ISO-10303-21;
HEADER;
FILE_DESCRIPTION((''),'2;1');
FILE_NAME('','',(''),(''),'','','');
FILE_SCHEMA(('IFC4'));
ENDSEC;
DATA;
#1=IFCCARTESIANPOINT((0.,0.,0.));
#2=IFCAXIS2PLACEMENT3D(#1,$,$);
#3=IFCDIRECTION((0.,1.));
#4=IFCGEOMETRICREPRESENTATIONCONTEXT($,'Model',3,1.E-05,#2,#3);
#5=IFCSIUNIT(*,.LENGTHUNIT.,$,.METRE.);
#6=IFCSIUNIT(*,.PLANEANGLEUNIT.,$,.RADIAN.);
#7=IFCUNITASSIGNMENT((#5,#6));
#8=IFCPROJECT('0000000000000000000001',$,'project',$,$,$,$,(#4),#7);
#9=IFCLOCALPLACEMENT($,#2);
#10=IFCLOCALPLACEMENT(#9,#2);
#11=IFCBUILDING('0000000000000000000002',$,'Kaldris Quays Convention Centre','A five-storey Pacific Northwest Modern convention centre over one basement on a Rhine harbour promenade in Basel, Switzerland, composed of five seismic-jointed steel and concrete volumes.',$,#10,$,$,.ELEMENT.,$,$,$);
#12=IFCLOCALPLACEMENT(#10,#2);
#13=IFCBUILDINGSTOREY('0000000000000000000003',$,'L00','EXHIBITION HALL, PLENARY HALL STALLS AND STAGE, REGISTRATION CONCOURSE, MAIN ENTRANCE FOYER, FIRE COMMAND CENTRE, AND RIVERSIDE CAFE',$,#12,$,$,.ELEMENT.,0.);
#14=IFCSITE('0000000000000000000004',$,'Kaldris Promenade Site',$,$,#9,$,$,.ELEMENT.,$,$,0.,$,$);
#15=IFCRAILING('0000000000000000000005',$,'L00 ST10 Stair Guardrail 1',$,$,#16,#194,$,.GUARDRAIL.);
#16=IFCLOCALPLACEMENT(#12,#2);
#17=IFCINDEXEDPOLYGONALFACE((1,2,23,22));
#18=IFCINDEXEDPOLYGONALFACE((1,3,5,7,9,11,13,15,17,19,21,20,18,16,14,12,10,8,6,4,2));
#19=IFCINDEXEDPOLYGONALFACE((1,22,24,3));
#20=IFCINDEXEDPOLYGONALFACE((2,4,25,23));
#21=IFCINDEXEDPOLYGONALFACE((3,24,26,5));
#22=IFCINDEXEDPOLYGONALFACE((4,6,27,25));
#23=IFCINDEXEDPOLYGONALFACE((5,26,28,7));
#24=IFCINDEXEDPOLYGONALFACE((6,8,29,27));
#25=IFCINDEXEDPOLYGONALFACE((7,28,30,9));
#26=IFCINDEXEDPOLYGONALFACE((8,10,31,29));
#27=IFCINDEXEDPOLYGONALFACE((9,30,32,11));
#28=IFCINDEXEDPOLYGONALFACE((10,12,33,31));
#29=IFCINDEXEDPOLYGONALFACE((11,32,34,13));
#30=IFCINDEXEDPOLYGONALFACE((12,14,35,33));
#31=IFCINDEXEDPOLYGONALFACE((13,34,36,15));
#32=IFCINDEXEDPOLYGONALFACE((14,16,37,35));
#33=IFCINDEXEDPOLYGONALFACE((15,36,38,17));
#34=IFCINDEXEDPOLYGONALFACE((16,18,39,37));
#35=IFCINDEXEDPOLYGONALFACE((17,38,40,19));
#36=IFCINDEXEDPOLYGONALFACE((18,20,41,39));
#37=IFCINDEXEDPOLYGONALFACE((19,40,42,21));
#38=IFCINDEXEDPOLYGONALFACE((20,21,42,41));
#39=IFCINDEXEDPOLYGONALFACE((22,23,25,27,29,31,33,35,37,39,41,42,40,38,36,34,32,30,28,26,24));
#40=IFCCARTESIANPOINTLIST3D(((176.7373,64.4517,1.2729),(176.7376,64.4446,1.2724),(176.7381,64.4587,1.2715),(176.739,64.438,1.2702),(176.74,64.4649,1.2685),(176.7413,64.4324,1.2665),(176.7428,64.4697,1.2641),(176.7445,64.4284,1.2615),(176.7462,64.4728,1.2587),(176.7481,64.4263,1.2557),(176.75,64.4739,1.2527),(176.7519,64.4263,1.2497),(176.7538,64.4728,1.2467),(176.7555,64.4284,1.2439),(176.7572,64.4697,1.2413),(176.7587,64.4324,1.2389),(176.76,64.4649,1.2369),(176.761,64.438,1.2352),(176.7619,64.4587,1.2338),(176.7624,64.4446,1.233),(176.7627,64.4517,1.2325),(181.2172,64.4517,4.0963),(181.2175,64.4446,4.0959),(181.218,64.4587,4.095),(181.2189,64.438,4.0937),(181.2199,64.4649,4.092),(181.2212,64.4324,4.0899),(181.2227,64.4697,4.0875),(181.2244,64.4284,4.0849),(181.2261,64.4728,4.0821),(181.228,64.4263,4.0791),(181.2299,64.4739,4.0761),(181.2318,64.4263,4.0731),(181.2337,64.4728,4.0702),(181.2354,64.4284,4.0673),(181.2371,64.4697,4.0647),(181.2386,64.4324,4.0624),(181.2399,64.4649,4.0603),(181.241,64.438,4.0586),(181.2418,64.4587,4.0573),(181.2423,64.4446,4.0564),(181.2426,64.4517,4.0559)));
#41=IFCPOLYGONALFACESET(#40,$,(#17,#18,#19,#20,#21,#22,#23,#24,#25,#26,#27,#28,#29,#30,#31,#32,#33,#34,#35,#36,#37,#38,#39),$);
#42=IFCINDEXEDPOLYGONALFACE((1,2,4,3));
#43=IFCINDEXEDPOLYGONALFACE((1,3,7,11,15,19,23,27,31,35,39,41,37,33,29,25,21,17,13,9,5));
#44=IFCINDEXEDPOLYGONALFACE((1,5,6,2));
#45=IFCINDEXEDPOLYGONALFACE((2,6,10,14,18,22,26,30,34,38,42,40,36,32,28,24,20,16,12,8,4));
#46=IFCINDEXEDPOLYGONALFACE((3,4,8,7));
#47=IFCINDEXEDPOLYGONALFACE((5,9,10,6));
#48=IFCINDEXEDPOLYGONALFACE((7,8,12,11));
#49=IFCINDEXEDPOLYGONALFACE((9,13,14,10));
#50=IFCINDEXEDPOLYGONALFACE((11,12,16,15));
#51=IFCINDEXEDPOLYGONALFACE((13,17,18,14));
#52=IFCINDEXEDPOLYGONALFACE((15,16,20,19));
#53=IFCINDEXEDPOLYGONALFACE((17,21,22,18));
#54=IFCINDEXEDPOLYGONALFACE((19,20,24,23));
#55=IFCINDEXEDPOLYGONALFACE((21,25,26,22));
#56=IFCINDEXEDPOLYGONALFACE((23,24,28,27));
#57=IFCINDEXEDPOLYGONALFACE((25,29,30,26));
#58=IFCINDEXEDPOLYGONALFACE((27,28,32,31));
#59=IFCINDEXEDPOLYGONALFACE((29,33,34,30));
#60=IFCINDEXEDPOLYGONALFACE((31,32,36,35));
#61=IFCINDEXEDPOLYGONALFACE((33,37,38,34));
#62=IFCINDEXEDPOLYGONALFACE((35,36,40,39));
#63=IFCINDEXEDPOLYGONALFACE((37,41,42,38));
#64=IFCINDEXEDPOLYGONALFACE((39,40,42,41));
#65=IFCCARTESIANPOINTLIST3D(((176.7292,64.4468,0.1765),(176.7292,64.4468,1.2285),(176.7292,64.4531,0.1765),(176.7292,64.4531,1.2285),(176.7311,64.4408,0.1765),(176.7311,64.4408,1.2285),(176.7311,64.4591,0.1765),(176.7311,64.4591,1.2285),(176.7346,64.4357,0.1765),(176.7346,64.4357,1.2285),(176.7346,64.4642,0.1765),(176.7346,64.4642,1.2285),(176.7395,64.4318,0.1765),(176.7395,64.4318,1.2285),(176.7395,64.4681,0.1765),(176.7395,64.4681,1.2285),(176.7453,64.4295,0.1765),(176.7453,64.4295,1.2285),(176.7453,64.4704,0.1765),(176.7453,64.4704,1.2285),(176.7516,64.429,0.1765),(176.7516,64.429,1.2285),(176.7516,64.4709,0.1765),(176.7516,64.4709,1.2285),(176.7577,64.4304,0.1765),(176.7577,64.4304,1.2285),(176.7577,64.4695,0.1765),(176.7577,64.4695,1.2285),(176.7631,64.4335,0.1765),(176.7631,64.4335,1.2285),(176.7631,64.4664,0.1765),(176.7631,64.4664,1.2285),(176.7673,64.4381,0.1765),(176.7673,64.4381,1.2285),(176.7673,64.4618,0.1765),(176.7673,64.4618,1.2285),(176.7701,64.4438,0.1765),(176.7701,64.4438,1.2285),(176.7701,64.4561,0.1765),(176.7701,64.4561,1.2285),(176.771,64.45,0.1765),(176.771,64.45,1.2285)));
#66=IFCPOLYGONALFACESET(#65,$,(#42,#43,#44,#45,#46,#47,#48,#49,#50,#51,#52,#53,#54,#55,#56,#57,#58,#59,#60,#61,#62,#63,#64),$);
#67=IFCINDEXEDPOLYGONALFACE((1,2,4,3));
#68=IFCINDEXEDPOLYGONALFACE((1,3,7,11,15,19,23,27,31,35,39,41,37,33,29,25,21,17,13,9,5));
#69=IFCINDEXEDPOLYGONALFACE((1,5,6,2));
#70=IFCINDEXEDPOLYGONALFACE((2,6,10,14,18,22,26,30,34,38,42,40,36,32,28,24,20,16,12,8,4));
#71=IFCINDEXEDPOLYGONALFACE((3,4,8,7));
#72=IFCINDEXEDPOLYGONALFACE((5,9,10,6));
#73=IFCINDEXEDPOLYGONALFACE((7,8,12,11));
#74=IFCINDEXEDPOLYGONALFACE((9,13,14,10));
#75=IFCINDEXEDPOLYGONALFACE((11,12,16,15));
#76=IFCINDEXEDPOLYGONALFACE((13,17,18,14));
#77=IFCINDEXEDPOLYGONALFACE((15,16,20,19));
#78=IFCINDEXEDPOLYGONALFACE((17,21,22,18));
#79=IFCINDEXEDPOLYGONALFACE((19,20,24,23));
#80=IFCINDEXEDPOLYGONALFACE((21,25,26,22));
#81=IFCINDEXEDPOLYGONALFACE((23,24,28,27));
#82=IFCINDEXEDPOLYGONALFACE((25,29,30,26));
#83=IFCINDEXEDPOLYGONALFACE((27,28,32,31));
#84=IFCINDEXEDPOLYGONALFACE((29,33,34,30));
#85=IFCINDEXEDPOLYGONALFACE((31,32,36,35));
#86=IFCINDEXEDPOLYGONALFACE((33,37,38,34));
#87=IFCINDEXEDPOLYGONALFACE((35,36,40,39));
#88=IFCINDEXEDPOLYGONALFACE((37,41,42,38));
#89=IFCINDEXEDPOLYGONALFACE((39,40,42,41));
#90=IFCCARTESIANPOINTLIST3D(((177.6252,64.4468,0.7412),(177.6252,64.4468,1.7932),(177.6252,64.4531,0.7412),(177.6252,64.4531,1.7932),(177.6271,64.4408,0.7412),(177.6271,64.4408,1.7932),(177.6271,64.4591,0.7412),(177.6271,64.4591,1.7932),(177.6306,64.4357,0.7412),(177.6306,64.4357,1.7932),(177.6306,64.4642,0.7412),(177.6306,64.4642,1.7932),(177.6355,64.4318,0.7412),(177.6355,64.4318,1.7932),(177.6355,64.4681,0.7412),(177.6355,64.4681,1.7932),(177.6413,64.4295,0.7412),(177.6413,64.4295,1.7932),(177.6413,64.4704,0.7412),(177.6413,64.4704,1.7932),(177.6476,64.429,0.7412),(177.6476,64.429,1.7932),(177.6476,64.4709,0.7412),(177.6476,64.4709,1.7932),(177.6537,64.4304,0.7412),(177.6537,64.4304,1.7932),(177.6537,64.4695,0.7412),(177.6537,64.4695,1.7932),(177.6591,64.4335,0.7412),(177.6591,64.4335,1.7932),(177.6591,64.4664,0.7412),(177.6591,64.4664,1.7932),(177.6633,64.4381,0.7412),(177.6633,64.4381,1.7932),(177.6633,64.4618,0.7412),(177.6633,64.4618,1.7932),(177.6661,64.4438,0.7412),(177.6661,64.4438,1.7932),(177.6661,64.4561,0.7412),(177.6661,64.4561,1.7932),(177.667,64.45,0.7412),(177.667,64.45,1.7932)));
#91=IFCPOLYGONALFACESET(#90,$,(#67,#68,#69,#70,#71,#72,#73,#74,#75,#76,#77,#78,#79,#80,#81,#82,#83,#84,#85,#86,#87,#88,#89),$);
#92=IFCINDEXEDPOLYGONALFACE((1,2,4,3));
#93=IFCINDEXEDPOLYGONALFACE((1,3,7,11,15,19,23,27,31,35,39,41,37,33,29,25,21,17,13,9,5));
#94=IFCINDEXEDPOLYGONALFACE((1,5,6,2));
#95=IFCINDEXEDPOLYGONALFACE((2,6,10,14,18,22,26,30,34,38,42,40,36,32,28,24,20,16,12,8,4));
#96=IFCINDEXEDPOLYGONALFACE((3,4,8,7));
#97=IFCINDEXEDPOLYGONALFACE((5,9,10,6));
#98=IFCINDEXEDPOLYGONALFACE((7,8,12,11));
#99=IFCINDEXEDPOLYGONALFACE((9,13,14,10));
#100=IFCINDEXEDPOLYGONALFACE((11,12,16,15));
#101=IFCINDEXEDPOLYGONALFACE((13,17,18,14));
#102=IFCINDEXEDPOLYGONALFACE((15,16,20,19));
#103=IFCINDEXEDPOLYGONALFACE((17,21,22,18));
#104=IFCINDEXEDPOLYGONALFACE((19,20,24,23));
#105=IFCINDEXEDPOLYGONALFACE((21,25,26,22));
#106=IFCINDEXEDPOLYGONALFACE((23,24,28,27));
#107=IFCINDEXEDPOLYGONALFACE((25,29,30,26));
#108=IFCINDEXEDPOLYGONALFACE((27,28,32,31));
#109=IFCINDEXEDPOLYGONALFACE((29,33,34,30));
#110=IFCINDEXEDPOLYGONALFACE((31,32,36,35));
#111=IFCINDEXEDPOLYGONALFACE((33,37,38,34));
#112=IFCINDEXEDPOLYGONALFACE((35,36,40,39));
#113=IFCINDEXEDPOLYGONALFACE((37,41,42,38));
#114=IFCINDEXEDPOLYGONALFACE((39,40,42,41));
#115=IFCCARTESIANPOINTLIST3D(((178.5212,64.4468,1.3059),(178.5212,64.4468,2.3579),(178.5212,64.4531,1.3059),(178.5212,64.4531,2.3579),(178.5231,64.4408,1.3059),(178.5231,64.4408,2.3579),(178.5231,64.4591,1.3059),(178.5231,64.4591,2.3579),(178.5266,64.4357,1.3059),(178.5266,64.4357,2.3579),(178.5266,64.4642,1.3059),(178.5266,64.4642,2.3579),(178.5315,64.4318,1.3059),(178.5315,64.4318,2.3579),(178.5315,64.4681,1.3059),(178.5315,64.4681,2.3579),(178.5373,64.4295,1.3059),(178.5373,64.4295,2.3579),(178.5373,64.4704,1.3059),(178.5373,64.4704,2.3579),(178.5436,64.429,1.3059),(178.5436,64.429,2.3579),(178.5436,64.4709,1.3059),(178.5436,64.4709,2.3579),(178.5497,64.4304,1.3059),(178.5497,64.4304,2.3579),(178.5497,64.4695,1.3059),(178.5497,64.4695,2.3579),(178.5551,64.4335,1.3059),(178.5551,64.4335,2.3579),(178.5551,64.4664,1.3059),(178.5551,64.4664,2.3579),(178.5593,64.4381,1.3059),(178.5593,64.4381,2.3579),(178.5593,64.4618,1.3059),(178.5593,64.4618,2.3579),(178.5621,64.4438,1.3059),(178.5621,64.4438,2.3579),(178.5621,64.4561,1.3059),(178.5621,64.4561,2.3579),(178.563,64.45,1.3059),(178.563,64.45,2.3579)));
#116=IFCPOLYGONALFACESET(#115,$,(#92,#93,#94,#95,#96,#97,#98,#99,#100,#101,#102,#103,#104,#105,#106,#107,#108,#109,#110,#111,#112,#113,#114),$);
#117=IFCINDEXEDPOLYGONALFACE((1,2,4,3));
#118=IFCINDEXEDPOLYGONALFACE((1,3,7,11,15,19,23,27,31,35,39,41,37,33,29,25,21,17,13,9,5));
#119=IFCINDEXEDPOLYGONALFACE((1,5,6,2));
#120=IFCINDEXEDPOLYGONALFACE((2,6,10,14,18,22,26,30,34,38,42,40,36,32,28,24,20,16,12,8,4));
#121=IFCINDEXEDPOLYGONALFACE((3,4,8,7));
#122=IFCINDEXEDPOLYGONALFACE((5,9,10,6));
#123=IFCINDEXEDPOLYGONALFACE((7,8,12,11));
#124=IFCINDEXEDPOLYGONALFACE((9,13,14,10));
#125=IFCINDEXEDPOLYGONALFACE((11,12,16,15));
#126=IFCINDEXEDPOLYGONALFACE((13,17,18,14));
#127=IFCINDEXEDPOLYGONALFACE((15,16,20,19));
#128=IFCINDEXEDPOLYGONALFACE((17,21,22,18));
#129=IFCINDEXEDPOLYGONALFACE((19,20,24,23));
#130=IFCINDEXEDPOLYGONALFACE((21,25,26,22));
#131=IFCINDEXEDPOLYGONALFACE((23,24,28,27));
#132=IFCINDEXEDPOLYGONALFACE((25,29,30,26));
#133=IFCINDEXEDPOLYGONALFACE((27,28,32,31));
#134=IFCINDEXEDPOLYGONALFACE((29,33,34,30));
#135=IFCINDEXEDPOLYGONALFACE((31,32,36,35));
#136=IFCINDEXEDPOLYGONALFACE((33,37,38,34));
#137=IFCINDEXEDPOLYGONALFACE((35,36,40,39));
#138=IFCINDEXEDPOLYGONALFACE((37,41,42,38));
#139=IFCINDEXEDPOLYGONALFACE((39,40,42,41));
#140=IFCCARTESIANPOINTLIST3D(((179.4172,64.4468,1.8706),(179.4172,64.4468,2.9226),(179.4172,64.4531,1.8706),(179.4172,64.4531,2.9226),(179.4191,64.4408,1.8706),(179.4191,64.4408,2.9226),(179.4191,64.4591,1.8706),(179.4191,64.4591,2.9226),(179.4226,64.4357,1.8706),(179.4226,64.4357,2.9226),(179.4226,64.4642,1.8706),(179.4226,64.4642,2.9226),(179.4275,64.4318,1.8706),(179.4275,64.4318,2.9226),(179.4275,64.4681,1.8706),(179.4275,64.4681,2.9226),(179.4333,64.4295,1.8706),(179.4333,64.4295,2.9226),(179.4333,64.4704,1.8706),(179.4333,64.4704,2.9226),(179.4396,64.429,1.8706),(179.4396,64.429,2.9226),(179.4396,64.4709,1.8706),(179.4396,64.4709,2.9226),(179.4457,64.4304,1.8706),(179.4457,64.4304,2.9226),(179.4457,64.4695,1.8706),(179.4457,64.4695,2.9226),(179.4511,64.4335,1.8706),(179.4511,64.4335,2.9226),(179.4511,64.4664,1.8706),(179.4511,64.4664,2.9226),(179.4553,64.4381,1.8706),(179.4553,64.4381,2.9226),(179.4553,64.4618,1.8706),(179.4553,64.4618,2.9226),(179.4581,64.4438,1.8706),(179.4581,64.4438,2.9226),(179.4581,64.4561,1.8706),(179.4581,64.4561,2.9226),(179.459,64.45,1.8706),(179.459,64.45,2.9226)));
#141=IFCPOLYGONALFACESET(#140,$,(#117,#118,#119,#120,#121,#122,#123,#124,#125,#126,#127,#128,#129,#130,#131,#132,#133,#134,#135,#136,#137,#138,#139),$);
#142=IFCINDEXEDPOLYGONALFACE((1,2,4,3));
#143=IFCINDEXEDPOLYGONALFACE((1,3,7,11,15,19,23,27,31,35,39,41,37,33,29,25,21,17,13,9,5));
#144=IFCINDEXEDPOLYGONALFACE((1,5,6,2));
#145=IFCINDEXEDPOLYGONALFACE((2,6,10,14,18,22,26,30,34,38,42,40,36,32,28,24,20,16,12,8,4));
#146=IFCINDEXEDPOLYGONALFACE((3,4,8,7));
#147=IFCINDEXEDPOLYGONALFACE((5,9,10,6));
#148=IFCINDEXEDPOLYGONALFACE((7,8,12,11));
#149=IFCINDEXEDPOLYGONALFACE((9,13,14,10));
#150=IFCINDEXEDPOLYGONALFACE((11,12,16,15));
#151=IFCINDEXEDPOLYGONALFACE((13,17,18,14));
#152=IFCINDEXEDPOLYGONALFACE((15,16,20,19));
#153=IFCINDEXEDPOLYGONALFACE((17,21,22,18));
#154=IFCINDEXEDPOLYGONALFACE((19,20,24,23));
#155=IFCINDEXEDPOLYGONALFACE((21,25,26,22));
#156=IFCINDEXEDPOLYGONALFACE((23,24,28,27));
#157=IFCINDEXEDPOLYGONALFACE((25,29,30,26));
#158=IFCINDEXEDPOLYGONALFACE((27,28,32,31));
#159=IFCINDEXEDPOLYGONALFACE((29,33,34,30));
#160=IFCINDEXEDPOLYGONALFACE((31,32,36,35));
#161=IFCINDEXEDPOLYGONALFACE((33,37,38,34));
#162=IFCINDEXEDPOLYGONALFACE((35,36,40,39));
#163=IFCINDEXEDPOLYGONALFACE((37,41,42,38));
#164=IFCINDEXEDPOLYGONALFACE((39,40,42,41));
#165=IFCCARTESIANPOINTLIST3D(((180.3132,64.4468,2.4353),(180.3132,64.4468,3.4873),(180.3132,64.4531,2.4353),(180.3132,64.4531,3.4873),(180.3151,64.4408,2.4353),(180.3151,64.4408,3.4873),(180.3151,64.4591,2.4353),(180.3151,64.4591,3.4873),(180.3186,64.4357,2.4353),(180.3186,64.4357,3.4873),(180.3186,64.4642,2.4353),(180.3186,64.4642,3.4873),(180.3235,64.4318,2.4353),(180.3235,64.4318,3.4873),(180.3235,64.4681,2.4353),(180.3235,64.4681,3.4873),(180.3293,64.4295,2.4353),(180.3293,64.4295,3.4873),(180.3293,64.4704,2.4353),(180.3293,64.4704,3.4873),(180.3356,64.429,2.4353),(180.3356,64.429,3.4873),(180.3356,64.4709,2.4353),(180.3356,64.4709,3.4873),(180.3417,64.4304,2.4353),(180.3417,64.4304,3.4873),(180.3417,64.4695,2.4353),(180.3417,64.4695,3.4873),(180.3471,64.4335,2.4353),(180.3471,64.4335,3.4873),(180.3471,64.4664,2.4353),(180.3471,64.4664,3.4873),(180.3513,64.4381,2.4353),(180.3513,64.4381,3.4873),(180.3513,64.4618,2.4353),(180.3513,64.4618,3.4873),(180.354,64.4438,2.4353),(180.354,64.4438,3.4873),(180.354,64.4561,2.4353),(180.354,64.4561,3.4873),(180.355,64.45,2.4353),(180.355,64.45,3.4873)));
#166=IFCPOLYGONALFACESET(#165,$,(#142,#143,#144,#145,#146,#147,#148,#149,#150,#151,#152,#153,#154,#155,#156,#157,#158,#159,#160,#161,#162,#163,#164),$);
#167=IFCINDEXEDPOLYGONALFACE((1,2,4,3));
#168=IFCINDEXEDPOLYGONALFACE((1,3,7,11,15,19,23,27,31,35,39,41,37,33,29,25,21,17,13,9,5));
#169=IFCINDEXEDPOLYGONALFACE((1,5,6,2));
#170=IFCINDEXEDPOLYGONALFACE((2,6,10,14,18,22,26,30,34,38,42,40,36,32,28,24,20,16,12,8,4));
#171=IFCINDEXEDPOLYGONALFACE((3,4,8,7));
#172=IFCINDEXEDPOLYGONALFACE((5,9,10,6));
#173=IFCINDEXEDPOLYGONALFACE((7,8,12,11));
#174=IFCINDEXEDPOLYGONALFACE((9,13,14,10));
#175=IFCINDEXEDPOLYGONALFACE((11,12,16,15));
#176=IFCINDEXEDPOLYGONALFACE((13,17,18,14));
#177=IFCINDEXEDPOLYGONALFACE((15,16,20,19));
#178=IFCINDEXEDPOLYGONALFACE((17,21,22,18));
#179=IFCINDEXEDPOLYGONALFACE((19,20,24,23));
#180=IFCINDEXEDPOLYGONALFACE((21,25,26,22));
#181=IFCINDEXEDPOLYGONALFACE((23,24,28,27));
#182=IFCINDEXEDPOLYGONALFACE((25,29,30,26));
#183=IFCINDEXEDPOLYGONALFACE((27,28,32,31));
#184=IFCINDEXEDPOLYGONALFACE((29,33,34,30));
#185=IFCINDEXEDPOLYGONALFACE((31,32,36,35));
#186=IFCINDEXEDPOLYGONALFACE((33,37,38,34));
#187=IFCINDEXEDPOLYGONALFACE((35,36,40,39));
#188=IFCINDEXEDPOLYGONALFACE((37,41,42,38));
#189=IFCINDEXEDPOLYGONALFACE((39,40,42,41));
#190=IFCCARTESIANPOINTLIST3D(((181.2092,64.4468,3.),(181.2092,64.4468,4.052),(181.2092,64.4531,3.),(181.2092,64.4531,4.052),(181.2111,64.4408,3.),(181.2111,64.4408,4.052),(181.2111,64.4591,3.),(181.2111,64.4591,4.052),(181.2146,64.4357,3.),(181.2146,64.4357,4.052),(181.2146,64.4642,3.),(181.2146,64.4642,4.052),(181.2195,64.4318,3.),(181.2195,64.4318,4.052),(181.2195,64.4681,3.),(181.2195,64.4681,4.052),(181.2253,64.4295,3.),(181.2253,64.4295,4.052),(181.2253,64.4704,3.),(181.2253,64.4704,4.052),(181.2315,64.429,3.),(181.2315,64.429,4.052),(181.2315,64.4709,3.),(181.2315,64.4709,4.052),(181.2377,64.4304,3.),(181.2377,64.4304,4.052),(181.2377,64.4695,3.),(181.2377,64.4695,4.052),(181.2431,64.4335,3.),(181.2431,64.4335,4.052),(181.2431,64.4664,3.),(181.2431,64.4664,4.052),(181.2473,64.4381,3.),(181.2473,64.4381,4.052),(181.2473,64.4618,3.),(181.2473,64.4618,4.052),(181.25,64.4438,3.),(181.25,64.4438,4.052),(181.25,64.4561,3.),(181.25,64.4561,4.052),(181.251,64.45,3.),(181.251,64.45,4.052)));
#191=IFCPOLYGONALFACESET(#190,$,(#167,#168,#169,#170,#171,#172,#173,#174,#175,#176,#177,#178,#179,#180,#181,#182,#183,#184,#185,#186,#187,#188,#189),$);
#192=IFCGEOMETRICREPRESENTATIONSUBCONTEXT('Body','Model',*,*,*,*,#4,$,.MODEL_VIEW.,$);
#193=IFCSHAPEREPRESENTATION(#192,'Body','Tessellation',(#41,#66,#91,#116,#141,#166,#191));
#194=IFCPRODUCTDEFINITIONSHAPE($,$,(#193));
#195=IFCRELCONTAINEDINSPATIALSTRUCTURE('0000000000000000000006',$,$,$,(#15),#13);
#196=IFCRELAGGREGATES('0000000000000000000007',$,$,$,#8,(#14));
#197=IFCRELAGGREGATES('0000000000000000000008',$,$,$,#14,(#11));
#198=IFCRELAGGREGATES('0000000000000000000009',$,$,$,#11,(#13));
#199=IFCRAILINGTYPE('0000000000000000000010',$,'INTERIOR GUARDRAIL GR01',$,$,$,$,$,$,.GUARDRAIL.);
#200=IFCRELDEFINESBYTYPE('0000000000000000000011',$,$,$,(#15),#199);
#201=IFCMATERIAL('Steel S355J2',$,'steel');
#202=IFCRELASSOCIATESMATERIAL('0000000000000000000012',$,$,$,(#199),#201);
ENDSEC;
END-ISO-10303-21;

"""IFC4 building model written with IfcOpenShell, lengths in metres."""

from ifc_helpers import new_model, si_unit, direction, frame, origin, origin_2d, place, context, subcontext, project, spatial, circle, extrude, material, type_object, element, save


model = new_model("IFC4")

# Units and contexts
model_context = context("Model", 3, precision=1e-05, world=origin(), true_north=direction((0.0, 1.0)))
body_context = subcontext(model_context, "Body", "Model", "MODEL_VIEW")
ifc_project = project(units=[si_unit("LENGTHUNIT", "METRE"), si_unit("PLANEANGLEUNIT", "RADIAN")], contexts=[model_context])

# Site, building, storey
site_placement = place(None, origin())
site = spatial("IfcSite", under=ifc_project, at=site_placement, Name="Kaldris Promenade Site", CompositionType="ELEMENT", RefElevation=0.0)
building_placement = place(site_placement, origin())
building = spatial("IfcBuilding", under=site, at=building_placement, Name="Kaldris Quays Convention Centre", Description="A five-storey Pacific Northwest Modern convention centre over one basement on a Rhine harbour promenade in Basel, Switzerland, composed of five seismic-jointed steel and concrete volumes.", CompositionType="ELEMENT")
storey_placement = place(building_placement, origin())
storey = spatial("IfcBuildingStorey", under=building, at=storey_placement, Name="L00", Description="EXHIBITION HALL, PLENARY HALL STALLS AND STAGE, REGISTRATION CONCOURSE, MAIN ENTRANCE FOYER, FIRE COMMAND CENTRE, AND RIVERSIDE CAFE", CompositionType="ELEMENT", Elevation=0.0)

# Shared definitions
ifc_material_1 = material(Name="Steel S355J2", Category="steel")

# Railing
railing_type_1 = type_object("IfcRailingType", Name="INTERIOR GUARDRAIL GR01", PredefinedType="GUARDRAIL", material=ifc_material_1)
railing_1_placement = place(storey_placement, frame((176.75, 64.45, 0.1765)))
element("IfcRailing", 1, at=railing_1_placement, inside=storey, type_object=railing_type_1, Name="L00 ST10 Stair Guardrail 1", PredefinedType="GUARDRAIL", context=body_context, shape_type="SweptSolid", body=[
    extrude(circle(Radius=0.0239, at=origin_2d()), frame((0.0, 0.0, 1.0762), z_axis=(0.845998, 0.0, 0.533186), x_axis=(0.0, 1.0, 0.0)), (0.0, 0.0, 1.0), 5.2954),
    extrude(circle(Radius=0.021, at=origin_2d()), origin(), (0.0, 0.0, 1.0), 1.052),
    extrude(circle(Radius=0.021, at=origin_2d()), frame((0.896, 0.0, 0.5647)), (0.0, 0.0, 1.0), 1.052),
    extrude(circle(Radius=0.021, at=origin_2d()), frame((1.792, 0.0, 1.1294)), (0.0, 0.0, 1.0), 1.052),
    extrude(circle(Radius=0.021, at=origin_2d()), frame((2.688, 0.0, 1.6941)), (0.0, 0.0, 1.0), 1.052),
    extrude(circle(Radius=0.021, at=origin_2d()), frame((3.584, 0.0, 2.2588)), (0.0, 0.0, 1.0), 1.052),
    extrude(circle(Radius=0.021, at=origin_2d()), frame((4.48, 0.0, 2.8235)), (0.0, 0.0, 1.0), 1.052),
])

save(model, "model.ifc")
